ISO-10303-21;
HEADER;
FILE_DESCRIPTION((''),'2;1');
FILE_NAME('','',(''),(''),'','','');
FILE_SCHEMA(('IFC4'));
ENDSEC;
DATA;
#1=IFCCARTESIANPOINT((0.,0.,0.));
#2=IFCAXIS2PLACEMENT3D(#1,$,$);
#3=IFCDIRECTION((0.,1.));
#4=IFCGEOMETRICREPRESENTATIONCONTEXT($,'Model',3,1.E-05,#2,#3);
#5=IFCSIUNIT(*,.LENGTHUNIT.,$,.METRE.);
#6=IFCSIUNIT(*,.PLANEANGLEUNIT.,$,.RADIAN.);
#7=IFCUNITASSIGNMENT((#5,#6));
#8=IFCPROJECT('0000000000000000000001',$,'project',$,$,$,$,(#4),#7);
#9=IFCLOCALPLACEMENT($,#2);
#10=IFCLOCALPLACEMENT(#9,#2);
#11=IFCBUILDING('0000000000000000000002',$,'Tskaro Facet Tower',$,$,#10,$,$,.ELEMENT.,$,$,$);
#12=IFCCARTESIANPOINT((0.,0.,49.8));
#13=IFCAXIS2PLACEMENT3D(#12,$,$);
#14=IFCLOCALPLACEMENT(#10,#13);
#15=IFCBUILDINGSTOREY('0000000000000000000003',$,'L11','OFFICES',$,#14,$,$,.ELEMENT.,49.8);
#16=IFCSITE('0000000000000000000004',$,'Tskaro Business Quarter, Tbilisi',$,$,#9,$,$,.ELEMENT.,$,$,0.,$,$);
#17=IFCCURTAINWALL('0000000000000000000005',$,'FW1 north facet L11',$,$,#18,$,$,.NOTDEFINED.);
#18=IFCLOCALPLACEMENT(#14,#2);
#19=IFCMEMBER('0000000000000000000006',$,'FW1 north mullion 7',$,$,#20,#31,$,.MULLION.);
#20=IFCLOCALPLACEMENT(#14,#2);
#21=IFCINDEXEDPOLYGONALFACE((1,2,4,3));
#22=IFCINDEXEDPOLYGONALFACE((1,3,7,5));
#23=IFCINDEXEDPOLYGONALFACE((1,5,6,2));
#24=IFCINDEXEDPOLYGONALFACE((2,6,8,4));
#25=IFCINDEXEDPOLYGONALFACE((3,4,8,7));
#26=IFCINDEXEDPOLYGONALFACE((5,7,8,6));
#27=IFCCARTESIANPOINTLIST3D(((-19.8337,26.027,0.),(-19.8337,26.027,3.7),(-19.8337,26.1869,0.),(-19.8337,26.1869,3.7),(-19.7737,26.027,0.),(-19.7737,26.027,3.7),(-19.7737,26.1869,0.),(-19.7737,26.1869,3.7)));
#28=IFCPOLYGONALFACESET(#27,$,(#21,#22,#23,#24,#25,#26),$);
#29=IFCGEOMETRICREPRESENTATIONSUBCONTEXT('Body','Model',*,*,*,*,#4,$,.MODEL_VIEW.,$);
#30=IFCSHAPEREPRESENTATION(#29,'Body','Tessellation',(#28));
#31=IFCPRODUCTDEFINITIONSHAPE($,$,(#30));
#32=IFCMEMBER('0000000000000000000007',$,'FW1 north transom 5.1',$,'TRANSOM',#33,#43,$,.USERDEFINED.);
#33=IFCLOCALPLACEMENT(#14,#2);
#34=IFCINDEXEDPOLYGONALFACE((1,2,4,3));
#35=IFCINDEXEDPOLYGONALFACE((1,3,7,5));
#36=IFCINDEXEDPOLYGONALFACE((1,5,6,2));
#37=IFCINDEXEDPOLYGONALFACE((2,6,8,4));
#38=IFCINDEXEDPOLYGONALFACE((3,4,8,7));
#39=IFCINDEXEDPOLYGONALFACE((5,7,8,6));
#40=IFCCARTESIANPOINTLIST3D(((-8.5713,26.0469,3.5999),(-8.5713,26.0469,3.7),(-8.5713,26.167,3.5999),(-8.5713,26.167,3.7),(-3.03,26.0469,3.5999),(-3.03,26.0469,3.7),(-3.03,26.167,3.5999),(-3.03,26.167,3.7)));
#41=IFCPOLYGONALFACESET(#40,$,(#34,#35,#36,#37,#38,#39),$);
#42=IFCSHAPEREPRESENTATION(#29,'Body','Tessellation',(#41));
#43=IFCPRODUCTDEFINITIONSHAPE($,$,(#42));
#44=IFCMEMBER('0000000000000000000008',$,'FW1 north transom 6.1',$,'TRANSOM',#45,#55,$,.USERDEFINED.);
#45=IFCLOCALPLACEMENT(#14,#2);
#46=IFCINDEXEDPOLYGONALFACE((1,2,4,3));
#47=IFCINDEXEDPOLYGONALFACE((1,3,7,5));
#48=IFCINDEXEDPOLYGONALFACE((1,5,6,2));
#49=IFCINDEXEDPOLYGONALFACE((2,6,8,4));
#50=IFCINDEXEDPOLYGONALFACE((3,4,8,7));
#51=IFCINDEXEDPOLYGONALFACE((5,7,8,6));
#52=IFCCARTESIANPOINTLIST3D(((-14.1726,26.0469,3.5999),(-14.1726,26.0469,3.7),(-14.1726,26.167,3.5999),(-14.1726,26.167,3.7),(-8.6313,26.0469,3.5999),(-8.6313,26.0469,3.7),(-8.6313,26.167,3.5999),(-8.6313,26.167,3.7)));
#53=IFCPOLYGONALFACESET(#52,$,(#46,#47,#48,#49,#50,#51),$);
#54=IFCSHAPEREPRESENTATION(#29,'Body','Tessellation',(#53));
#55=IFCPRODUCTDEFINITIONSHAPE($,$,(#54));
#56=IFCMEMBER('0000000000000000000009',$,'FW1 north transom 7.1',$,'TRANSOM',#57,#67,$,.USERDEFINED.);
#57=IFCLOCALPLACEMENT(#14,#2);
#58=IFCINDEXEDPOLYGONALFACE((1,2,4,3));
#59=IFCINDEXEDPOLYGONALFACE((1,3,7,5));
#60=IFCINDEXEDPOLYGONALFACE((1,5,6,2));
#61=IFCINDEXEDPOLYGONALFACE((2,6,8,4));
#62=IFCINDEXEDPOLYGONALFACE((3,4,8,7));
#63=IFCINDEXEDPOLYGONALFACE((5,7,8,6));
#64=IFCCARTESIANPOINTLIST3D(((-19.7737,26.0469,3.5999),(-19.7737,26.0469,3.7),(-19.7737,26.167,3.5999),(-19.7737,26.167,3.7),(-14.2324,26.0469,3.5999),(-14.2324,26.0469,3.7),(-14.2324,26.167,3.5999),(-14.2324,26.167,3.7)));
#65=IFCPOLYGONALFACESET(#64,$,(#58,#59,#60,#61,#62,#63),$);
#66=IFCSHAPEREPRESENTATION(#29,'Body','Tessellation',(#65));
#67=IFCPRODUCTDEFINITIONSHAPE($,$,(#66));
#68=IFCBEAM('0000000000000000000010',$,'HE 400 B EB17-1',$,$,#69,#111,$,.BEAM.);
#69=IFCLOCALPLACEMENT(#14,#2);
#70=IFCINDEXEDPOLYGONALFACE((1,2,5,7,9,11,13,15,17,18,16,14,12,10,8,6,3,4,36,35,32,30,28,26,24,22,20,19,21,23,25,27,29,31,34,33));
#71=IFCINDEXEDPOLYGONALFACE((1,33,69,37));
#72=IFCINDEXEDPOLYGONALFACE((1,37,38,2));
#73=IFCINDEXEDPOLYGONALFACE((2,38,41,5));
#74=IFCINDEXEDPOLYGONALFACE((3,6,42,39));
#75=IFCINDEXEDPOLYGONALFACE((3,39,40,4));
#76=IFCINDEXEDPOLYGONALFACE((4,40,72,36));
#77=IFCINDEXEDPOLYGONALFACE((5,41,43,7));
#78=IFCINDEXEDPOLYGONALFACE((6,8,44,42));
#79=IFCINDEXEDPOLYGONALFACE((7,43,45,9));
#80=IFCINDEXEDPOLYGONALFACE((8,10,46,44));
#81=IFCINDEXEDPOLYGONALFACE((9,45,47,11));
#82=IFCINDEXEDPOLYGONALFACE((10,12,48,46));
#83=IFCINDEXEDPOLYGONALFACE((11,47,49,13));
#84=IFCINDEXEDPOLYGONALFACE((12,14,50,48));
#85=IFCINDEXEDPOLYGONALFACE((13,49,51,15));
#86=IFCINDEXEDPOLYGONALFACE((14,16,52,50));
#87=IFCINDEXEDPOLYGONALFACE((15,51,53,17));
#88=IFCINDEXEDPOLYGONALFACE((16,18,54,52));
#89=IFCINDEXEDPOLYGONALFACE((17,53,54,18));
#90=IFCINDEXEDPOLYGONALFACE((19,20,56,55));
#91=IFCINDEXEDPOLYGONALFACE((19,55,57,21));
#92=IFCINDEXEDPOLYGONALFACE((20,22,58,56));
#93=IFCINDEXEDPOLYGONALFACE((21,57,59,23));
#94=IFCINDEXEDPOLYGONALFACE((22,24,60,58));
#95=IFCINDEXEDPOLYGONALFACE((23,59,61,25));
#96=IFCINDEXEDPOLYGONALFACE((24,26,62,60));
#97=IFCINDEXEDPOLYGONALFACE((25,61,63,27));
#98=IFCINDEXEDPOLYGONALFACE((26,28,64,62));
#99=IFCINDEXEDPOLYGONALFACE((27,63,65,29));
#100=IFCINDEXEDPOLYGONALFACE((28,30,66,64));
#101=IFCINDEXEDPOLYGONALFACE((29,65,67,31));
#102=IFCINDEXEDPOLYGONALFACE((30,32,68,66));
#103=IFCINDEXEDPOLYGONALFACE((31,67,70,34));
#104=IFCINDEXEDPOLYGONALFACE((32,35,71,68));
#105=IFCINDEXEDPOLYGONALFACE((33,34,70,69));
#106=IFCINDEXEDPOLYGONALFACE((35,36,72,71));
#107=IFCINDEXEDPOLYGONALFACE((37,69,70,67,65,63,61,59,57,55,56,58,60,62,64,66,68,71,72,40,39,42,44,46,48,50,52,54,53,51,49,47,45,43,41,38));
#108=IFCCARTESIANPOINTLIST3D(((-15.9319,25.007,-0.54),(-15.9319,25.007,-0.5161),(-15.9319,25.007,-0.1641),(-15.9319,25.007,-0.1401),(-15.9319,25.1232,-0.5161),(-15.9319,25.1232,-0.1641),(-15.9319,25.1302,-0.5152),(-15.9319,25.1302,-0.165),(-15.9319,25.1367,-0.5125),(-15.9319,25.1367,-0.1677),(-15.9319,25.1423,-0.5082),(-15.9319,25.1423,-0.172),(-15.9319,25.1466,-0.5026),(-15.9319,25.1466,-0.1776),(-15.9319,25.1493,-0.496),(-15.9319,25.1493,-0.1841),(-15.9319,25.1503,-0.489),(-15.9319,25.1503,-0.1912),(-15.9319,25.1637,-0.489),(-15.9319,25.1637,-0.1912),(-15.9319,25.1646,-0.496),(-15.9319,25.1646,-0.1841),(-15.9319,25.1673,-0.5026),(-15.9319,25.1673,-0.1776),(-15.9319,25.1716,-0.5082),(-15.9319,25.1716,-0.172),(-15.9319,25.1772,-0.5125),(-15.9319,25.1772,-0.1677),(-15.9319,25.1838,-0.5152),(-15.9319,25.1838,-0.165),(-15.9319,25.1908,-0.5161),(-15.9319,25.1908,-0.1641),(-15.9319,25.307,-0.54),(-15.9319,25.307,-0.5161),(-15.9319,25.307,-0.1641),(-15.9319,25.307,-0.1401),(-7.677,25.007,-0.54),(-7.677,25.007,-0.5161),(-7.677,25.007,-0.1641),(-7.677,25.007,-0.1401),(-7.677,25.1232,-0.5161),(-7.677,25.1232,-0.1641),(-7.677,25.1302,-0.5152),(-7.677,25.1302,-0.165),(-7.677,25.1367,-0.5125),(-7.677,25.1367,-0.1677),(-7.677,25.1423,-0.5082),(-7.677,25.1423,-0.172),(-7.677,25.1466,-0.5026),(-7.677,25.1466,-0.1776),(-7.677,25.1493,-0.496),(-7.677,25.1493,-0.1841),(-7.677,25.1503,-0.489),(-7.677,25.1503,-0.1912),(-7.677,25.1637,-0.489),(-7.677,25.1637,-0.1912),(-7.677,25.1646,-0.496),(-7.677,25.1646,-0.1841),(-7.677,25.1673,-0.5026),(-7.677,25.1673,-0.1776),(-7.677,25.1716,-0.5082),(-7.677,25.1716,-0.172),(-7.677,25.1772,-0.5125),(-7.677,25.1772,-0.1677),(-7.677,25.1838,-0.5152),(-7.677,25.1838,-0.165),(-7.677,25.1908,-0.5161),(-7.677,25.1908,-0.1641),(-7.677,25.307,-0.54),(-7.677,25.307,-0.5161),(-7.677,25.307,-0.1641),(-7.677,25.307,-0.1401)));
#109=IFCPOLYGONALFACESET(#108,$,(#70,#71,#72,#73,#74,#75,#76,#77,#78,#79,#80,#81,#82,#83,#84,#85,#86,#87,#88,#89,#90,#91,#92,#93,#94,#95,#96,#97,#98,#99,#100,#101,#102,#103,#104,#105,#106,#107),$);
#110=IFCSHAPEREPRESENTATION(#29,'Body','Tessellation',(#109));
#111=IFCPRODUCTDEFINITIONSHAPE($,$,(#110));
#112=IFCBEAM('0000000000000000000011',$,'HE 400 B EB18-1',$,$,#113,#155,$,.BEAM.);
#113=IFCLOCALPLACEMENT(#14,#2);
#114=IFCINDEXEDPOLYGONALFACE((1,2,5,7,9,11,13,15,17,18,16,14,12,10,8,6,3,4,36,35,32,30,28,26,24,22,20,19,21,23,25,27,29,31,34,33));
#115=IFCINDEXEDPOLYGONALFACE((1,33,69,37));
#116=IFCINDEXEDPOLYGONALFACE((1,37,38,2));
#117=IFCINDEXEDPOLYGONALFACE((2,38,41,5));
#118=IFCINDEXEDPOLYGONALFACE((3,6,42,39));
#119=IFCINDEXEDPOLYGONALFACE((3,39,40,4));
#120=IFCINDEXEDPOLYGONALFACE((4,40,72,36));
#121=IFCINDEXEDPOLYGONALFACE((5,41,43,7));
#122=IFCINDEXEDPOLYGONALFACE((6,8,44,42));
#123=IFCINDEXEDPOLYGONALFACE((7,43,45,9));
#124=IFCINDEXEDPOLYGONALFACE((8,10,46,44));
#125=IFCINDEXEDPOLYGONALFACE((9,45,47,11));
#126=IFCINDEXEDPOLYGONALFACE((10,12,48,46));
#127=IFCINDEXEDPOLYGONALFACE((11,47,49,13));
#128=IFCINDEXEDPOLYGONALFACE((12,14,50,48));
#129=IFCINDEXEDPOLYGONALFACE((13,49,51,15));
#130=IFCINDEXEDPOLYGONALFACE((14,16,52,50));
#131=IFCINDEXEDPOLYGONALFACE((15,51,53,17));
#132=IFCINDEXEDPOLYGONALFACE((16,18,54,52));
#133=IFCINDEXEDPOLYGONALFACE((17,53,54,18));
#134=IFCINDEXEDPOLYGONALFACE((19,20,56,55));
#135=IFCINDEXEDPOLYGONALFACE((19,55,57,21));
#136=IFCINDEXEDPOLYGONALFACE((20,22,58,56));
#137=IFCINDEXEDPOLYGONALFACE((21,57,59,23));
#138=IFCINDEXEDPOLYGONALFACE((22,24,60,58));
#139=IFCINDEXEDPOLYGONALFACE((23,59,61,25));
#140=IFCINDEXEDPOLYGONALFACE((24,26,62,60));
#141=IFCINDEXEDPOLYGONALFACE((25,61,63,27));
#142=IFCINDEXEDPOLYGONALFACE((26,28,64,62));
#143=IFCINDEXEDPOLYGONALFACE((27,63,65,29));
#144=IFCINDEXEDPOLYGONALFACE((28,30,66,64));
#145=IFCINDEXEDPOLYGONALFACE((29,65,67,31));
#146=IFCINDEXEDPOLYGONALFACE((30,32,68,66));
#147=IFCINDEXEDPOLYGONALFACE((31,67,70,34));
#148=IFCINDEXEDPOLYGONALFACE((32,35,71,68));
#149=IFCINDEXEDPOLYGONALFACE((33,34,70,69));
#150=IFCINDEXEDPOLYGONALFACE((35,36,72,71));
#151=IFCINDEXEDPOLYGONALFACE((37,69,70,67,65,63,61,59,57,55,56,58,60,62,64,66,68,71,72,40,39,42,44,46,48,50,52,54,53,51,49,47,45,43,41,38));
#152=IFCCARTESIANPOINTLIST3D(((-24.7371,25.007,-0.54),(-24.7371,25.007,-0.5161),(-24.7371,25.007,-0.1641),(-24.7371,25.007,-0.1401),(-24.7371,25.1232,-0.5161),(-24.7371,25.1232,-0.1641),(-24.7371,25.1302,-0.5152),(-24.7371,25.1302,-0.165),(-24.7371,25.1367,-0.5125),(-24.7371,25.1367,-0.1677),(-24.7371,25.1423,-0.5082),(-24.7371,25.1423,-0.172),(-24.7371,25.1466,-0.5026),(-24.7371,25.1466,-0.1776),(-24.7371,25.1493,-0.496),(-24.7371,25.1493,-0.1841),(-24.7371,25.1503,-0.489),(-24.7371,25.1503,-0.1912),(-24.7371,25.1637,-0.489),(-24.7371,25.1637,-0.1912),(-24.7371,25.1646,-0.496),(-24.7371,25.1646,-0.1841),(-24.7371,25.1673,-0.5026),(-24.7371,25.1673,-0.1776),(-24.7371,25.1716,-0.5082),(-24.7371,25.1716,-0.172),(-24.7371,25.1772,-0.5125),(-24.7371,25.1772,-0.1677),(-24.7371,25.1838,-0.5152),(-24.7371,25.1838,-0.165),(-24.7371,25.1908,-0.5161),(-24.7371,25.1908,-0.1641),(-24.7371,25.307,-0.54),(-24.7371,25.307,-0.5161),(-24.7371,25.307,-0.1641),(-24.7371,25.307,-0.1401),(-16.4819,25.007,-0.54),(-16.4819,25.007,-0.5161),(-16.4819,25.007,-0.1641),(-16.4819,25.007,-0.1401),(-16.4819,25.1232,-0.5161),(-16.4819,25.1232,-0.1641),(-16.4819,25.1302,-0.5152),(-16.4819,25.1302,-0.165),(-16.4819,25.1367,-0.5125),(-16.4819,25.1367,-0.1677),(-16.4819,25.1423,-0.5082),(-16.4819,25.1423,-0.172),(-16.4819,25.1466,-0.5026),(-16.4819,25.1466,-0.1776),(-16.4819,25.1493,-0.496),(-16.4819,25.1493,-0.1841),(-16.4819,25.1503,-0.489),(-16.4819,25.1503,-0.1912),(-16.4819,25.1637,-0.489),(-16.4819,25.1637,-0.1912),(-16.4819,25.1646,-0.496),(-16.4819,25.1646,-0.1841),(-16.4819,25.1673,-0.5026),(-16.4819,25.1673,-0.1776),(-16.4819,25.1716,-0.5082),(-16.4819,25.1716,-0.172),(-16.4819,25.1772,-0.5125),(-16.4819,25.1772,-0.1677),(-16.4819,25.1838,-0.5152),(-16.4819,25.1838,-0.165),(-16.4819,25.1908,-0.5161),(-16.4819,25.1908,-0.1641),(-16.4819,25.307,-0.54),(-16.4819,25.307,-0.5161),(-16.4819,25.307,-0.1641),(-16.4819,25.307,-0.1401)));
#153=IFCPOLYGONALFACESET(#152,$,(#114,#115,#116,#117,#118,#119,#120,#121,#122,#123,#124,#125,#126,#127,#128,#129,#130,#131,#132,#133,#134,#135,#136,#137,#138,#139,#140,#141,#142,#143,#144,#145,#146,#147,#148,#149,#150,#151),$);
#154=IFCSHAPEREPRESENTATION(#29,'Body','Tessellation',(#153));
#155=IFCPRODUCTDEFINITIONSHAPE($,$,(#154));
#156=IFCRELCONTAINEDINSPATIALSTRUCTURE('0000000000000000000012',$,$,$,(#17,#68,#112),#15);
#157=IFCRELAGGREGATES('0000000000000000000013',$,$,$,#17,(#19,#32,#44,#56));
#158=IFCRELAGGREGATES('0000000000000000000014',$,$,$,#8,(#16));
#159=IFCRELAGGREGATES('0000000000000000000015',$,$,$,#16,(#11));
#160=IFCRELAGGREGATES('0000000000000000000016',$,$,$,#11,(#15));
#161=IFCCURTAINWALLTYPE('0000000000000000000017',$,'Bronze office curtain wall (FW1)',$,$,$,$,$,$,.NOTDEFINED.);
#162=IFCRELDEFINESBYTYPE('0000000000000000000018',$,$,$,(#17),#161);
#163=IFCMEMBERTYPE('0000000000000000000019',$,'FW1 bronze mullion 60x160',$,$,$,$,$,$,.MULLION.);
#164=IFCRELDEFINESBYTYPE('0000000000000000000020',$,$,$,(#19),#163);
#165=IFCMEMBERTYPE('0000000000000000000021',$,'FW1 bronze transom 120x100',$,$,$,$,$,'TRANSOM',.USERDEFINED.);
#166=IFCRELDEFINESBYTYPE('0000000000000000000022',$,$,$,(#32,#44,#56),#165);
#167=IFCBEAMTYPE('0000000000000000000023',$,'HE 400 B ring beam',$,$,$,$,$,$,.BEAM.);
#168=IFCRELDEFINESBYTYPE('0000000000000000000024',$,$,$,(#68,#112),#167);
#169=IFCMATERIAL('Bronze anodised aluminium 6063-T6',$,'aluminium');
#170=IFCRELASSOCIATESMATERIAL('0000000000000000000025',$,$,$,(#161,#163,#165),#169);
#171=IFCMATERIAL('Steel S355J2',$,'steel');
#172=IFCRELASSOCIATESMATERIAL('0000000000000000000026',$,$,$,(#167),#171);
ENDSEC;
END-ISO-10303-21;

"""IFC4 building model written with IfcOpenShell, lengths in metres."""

from ifc_helpers import new_model, si_unit, direction, frame, origin, origin_2d, place, context, subcontext, project, spatial, rectangle, i_section, extrude, material, material_profile, profile_set, type_object, element, aggregate, save


model = new_model("IFC4")

# Units and contexts
model_context = context("Model", 3, precision=1e-05, world=origin(), true_north=direction((0.0, 1.0)))
body_context = subcontext(model_context, "Body", "Model", "MODEL_VIEW")
ifc_project = project(units=[si_unit("LENGTHUNIT", "METRE"), si_unit("PLANEANGLEUNIT", "RADIAN")], contexts=[model_context])

# Site, building, storey
site_placement = place(None, origin())
site = spatial("IfcSite", under=ifc_project, at=site_placement, Name="Tskaro Business Quarter, Tbilisi", CompositionType="ELEMENT", RefElevation=0.0)
building_placement = place(site_placement, origin())
building = spatial("IfcBuilding", under=site, at=building_placement, Name="Tskaro Facet Tower", CompositionType="ELEMENT")
storey_placement = place(building_placement, frame((0.0, 0.0, 49.8)))
storey = spatial("IfcBuildingStorey", under=building, at=storey_placement, Name="L11", Description="OFFICES", CompositionType="ELEMENT", Elevation=49.8)

# Curtain wall, members
ifc_material_1 = material(Name="Bronze anodised aluminium 6063-T6", Category="aluminium")
curtain_wall_type = type_object("IfcCurtainWallType", Name="Bronze office curtain wall (FW1)", PredefinedType="NOTDEFINED", material=ifc_material_1)
curtain_wall_placement = place(storey_placement, origin())
curtain_wall = element("IfcCurtainWall", 1, at=curtain_wall_placement, inside=storey, type_object=curtain_wall_type, Name="FW1 north facet L11", PredefinedType="NOTDEFINED")
ifc_material_profile_1 = material_profile(ifc_material_1, rectangle(XDim=0.0601, YDim=0.1599, at=origin_2d()), Name="Mullion 60x160")
ifc_profile_set_1 = profile_set([ifc_material_profile_1], Name="Bronze anodised aluminium 6063-T6")
member_type_1 = type_object("IfcMemberType", Name="FW1 bronze mullion 60x160", PredefinedType="MULLION", material=ifc_profile_set_1)
member_1_placement = place(storey_placement, frame((-19.8037, 26.1069, 0.0), z_axis=(0.0, 0.0, 1.0), x_axis=(-1.0, 0.0, 0.0)))
member_1 = element("IfcMember", 2, at=member_1_placement, type_object=member_type_1, Name="FW1 north mullion 7", PredefinedType="MULLION", context=body_context, shape_type="SweptSolid", body=[
    extrude(rectangle(XDim=0.0601, YDim=0.1599, at=origin_2d()), origin(), (0.0, 0.0, 1.0), 3.7),
])
ifc_material_profile_2 = material_profile(ifc_material_1, rectangle(XDim=0.1201, YDim=0.1001, at=origin_2d()), Name="Transom 120x100")
ifc_profile_set_2 = profile_set([ifc_material_profile_2], Name="Bronze anodised aluminium 6063-T6")
member_type_2 = type_object("IfcMemberType", Name="FW1 bronze transom 120x100", ElementType="TRANSOM", PredefinedType="USERDEFINED", material=ifc_profile_set_2)
member_2_placement = place(storey_placement, frame((-3.03, 26.1069, 3.6499), z_axis=(-1.0, 0.0, 0.0), x_axis=(0.0, -1.0, 0.0)))
member_2 = element("IfcMember", 3, at=member_2_placement, type_object=member_type_2, Name="FW1 north transom 5.1", ObjectType="TRANSOM", PredefinedType="USERDEFINED", context=body_context, shape_type="SweptSolid", body=[
    extrude(rectangle(XDim=0.1201, YDim=0.1001, at=origin_2d()), origin(), (0.0, 0.0, 1.0), 5.5413),
])
member_3_placement = place(storey_placement, frame((-8.6313, 26.1069, 3.6499), z_axis=(-1.0, 0.0, 0.0), x_axis=(0.0, -1.0, 0.0)))
member_3 = element("IfcMember", 4, at=member_3_placement, type_object=member_type_2, Name="FW1 north transom 6.1", ObjectType="TRANSOM", PredefinedType="USERDEFINED", context=body_context, shape_type="SweptSolid", body=[
    extrude(rectangle(XDim=0.1201, YDim=0.1001, at=origin_2d()), origin(), (0.0, 0.0, 1.0), 5.5413),
])
member_4_placement = place(storey_placement, frame((-14.2324, 26.1069, 3.6499), z_axis=(-1.0, 0.0, 0.0), x_axis=(0.0, -1.0, 0.0)))
member_4 = element("IfcMember", 5, at=member_4_placement, type_object=member_type_2, Name="FW1 north transom 7.1", ObjectType="TRANSOM", PredefinedType="USERDEFINED", context=body_context, shape_type="SweptSolid", body=[
    extrude(rectangle(XDim=0.1201, YDim=0.1001, at=origin_2d()), origin(), (0.0, 0.0, 1.0), 5.5413),
])

# Beams
ifc_material_2 = material(Name="Steel S355J2", Category="steel")
ifc_material_profile_3 = material_profile(ifc_material_2, i_section(OverallWidth=0.3, OverallDepth=0.3999, WebThickness=0.0134, FlangeThickness=0.0239, FilletRadius=0.0271, at=origin_2d()), Name="HE 400 B")
ifc_profile_set_3 = profile_set([ifc_material_profile_3], Name="Steel S355J2")
beam_type_1 = type_object("IfcBeamType", Name="HE 400 B ring beam", PredefinedType="BEAM", material=ifc_profile_set_3)
beam_1_placement = place(storey_placement, frame((-7.677, 25.157, -0.3401), z_axis=(-1.0, 0.0, 0.0), x_axis=(0.0, -1.0, 0.0)))
element("IfcBeam", 6, at=beam_1_placement, inside=storey, type_object=beam_type_1, Name="HE 400 B EB17-1", PredefinedType="BEAM", context=body_context, shape_type="SweptSolid", body=[
    extrude(i_section(OverallWidth=0.3, OverallDepth=0.3999, WebThickness=0.0134, FlangeThickness=0.0239, FilletRadius=0.0271, at=origin_2d()), origin(), (0.0, 0.0, 1.0), 8.2549),
])
beam_2_placement = place(storey_placement, frame((-16.4819, 25.157, -0.3401), z_axis=(-1.0, 0.0, 0.0), x_axis=(0.0, -1.0, 0.0)))
element("IfcBeam", 7, at=beam_2_placement, inside=storey, type_object=beam_type_1, Name="HE 400 B EB18-1", PredefinedType="BEAM", context=body_context, shape_type="SweptSolid", body=[
    extrude(i_section(OverallWidth=0.3, OverallDepth=0.3999, WebThickness=0.0134, FlangeThickness=0.0239, FilletRadius=0.0271, at=origin_2d()), origin(), (0.0, 0.0, 1.0), 8.2551),
])

aggregate(curtain_wall, [member_1, member_2, member_3, member_4])

save(model, "model.ifc")
